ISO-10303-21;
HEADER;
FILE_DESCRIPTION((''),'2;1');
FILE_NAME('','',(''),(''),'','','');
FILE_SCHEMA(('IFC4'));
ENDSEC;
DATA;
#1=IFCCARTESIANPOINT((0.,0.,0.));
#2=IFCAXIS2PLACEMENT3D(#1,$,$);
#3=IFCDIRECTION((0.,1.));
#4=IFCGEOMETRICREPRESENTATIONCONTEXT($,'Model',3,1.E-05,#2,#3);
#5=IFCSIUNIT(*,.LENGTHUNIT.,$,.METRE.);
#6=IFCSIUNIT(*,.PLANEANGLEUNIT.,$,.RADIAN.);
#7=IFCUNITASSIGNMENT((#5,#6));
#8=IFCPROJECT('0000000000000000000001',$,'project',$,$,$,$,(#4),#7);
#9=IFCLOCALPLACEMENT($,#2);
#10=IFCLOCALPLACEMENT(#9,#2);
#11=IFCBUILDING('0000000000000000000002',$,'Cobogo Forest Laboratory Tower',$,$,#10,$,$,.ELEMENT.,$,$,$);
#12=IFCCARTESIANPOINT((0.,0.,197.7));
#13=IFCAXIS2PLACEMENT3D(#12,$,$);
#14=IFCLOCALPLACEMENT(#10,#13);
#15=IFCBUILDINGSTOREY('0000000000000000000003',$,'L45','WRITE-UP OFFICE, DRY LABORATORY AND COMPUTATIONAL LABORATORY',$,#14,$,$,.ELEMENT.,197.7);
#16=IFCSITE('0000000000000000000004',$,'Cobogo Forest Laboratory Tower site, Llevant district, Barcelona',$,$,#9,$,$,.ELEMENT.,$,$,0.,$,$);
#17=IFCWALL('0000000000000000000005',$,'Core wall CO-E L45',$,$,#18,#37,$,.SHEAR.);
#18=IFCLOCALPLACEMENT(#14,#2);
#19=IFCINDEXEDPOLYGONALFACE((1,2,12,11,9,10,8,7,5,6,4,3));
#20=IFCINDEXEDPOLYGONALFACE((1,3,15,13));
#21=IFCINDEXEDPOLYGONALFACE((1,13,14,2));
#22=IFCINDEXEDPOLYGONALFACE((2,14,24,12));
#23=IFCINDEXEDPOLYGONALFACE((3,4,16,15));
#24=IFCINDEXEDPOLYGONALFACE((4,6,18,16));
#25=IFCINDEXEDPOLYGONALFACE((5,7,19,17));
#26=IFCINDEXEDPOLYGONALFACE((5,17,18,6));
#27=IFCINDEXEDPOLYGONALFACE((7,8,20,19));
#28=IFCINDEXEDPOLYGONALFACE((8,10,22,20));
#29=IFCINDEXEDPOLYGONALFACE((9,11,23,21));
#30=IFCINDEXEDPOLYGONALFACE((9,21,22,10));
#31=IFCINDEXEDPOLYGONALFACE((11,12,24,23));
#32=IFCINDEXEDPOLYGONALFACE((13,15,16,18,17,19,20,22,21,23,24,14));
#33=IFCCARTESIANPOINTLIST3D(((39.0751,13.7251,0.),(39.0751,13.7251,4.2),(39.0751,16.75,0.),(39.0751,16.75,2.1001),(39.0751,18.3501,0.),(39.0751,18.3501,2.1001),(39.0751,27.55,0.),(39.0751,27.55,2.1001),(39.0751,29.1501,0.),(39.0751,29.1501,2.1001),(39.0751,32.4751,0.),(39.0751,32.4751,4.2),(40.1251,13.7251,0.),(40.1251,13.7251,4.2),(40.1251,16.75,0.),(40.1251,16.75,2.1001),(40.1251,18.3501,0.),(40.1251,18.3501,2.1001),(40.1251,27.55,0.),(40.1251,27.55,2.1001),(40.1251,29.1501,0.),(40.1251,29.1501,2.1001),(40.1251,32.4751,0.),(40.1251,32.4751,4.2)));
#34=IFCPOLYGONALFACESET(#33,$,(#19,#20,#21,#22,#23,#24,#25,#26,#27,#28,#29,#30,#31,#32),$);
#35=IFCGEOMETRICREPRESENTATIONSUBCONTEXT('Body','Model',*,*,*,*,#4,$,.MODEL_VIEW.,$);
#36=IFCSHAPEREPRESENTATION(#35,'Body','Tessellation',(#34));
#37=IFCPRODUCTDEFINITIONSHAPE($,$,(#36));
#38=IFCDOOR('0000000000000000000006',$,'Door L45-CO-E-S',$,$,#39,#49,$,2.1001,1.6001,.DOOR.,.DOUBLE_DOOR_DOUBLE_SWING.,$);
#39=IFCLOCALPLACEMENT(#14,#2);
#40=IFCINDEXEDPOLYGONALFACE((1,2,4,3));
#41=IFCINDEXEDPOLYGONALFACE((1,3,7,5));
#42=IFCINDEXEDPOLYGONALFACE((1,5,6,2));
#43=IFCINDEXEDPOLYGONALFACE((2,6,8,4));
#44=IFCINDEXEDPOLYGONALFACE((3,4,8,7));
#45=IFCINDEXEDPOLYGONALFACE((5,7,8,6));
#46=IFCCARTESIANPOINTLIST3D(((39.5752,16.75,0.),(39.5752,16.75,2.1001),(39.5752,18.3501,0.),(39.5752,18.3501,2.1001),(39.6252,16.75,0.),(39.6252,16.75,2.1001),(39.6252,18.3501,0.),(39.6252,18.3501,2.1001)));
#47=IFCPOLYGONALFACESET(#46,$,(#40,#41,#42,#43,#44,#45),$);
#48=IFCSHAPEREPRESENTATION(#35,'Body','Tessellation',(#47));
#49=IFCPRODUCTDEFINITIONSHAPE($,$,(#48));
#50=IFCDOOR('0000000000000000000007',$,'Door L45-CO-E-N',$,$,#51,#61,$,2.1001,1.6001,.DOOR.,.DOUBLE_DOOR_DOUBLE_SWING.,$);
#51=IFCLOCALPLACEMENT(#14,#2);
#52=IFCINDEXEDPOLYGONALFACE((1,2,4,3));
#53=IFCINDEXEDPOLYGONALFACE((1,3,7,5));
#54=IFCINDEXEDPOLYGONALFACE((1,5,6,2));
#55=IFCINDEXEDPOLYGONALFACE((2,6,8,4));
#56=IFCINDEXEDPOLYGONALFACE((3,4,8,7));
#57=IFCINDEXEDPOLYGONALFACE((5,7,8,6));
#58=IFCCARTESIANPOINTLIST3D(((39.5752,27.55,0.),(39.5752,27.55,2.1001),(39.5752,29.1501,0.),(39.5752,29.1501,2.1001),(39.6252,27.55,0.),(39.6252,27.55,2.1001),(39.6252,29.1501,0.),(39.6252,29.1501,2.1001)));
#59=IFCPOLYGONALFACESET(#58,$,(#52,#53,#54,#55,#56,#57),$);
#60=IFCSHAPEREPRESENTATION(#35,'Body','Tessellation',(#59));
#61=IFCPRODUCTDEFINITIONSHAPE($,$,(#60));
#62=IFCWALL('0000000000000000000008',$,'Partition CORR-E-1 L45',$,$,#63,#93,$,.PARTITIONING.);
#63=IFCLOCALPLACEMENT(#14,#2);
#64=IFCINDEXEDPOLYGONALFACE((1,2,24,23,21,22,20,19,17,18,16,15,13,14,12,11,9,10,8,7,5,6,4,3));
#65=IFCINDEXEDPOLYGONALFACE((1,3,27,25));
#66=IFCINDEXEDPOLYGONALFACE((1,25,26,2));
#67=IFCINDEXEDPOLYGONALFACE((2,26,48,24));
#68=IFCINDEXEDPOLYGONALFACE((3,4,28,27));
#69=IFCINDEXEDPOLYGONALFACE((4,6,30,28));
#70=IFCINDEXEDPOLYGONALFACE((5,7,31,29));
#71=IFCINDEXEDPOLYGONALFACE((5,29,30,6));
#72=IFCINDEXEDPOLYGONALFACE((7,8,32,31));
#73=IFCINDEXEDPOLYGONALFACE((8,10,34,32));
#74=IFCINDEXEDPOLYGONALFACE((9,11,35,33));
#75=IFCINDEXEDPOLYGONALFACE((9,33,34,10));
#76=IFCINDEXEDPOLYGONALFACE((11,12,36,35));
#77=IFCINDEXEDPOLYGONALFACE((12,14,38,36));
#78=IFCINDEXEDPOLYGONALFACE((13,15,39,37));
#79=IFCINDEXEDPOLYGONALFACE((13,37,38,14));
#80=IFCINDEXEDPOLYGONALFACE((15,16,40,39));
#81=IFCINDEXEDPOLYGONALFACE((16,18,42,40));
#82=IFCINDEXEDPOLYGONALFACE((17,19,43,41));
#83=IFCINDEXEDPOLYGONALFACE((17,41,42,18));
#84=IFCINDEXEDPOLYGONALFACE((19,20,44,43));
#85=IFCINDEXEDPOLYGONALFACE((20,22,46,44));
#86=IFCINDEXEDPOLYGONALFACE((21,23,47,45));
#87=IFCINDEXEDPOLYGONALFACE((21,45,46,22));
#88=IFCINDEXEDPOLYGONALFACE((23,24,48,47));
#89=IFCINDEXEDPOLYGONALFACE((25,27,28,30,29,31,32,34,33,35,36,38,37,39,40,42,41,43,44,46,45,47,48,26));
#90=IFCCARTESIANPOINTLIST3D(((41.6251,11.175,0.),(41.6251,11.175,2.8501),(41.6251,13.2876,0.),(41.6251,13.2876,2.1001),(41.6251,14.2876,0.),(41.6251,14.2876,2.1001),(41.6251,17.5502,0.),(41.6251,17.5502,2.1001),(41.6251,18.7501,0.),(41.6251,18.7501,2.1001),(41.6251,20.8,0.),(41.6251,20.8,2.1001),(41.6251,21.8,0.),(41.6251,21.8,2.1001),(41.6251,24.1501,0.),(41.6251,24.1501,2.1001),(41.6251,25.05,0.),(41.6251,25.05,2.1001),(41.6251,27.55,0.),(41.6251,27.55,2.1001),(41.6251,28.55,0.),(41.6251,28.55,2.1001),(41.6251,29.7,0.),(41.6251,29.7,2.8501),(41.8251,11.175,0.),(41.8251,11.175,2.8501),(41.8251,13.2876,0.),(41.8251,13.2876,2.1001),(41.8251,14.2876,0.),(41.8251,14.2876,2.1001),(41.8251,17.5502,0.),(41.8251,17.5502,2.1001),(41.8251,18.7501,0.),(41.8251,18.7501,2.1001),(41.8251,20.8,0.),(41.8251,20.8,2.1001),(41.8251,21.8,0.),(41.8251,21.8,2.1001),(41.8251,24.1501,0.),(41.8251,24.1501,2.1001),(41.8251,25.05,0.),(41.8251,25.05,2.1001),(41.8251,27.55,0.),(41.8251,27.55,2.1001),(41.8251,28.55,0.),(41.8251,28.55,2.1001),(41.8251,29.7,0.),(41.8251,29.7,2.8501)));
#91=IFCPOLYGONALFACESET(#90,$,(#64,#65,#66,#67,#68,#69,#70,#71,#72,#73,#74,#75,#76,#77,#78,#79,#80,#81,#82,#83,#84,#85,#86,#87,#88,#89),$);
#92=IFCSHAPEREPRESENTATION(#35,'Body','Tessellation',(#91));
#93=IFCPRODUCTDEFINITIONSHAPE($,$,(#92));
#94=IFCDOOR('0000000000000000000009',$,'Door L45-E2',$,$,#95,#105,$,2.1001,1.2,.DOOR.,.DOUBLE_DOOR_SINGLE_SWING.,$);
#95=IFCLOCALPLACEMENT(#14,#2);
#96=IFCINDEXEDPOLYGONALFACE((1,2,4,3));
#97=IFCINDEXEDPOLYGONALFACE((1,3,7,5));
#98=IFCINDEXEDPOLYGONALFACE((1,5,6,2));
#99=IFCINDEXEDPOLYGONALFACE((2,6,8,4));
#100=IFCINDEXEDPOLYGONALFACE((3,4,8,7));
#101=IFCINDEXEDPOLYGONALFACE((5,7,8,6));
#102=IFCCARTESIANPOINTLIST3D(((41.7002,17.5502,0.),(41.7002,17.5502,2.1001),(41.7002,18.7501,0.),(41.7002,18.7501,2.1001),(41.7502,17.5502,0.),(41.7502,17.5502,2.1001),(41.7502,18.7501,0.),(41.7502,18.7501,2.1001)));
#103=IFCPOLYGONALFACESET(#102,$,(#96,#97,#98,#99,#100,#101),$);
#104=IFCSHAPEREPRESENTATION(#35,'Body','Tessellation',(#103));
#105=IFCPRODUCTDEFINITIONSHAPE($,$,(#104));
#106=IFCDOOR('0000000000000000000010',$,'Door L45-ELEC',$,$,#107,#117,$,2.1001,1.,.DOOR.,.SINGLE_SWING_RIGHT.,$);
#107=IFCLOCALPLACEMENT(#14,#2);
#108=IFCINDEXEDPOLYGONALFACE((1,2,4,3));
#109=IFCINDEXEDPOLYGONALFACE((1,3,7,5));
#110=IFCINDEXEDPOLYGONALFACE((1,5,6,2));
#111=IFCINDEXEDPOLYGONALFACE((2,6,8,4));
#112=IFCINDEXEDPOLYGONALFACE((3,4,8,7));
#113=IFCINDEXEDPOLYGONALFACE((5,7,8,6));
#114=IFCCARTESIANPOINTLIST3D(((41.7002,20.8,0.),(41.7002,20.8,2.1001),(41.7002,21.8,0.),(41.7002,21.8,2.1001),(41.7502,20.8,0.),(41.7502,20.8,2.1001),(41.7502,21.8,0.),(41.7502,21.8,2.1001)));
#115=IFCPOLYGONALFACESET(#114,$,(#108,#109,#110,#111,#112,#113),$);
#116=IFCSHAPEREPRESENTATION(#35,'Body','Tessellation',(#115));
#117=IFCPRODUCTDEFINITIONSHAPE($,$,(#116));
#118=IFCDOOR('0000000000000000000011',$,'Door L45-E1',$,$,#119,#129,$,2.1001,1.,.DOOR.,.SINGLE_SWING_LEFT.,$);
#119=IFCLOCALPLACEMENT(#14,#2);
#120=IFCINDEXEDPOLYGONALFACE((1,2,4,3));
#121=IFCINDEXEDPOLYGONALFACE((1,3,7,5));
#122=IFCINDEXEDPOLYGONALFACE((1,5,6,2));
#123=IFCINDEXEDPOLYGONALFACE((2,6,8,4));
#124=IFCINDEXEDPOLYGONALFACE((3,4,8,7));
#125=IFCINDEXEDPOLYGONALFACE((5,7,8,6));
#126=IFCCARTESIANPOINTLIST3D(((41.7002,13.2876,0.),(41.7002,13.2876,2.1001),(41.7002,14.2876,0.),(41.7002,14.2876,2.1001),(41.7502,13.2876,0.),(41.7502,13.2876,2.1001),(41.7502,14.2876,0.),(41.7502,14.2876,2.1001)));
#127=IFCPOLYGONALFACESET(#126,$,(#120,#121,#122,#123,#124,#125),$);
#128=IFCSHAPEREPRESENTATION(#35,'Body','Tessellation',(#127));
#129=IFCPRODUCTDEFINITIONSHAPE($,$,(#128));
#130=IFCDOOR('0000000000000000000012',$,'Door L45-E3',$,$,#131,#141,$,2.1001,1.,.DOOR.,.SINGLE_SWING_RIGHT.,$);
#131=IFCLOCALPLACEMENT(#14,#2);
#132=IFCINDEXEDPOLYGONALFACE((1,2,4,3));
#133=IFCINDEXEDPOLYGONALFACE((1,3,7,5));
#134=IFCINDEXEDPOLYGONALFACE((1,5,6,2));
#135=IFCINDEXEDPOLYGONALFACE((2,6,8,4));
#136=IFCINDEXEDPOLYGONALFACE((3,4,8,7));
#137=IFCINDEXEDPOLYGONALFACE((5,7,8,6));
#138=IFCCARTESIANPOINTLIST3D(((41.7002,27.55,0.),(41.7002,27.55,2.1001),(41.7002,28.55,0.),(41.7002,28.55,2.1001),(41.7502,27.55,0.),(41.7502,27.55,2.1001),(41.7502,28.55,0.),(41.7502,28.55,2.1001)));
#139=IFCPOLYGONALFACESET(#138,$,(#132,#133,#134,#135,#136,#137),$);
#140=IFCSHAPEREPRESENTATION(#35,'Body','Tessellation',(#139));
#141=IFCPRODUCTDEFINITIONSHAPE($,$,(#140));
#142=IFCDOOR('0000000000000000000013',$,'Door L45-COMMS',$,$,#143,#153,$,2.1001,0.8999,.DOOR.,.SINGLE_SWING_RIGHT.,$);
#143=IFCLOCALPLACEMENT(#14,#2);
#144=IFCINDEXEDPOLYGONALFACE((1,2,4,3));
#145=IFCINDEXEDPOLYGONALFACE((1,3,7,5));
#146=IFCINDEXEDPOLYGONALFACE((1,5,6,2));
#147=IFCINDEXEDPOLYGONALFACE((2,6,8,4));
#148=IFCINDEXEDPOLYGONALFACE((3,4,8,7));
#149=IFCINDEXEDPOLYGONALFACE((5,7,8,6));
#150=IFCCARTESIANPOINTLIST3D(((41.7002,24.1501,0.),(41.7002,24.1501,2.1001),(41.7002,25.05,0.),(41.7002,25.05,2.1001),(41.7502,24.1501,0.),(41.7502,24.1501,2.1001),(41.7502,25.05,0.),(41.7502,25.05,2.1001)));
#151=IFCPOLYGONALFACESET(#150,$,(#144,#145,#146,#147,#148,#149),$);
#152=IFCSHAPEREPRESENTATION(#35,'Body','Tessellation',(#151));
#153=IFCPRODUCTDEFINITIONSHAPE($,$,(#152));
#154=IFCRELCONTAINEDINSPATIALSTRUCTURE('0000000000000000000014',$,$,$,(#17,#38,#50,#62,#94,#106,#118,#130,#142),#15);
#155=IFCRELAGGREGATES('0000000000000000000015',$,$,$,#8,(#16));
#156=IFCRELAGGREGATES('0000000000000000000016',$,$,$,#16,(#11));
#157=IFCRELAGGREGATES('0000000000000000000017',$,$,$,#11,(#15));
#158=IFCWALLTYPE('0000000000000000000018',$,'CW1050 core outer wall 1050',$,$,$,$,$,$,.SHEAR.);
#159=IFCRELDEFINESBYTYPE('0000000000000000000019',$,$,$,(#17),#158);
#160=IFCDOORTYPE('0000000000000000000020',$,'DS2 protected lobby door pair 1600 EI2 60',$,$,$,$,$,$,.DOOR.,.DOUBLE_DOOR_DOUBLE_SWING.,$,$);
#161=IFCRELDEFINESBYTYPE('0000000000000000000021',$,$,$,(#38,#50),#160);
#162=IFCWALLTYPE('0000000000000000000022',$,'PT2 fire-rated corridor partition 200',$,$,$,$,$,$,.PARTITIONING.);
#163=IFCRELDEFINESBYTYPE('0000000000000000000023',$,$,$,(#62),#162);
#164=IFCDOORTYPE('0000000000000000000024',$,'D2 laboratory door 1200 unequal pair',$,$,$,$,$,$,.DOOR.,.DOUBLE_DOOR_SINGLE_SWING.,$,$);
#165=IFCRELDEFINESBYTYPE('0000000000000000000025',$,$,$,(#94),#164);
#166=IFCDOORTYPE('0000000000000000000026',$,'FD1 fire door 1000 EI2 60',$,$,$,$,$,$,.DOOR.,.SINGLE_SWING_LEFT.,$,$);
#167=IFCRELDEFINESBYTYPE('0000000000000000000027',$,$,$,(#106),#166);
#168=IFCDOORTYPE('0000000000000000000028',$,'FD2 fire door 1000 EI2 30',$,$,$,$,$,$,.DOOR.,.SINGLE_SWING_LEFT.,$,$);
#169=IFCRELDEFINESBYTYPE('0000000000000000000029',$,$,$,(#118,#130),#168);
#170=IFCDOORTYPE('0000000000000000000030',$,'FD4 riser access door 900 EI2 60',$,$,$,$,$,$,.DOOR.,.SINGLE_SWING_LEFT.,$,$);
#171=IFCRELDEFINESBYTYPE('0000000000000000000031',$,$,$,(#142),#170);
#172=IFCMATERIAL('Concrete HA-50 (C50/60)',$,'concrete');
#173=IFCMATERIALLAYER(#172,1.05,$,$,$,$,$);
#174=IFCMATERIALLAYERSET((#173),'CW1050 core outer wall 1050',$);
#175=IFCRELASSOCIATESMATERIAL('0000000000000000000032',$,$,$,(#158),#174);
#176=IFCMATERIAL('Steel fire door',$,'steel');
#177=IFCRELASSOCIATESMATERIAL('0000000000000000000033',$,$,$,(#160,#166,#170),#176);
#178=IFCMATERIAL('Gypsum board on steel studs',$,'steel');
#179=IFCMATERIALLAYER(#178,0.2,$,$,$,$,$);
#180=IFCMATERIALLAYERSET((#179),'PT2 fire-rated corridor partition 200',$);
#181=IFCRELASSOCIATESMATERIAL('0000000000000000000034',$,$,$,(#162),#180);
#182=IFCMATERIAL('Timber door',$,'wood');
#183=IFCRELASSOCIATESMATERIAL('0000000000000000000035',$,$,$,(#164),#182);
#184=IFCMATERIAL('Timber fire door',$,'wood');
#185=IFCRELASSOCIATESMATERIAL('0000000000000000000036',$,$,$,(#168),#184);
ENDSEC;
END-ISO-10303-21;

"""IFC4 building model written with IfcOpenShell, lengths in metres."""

from ifc_helpers import new_model, si_unit, direction, frame, frame_2d, origin, place, context, subcontext, project, spatial, rectangle, extrude, material, layer, layer_set, type_object, element, fill, save


model = new_model("IFC4")

# Units and contexts
model_context = context("Model", 3, precision=1e-05, world=origin(), true_north=direction((0.0, 1.0)))
body_context = subcontext(model_context, "Body", "Model", "MODEL_VIEW")
ifc_project = project(units=[si_unit("LENGTHUNIT", "METRE"), si_unit("PLANEANGLEUNIT", "RADIAN")], contexts=[model_context])

# Site, building, storey
site_placement = place(None, origin())
site = spatial("IfcSite", under=ifc_project, at=site_placement, Name="Cobogo Forest Laboratory Tower site, Llevant district, Barcelona", CompositionType="ELEMENT", RefElevation=0.0)
building_placement = place(site_placement, origin())
building = spatial("IfcBuilding", under=site, at=building_placement, Name="Cobogo Forest Laboratory Tower", CompositionType="ELEMENT")
storey_placement = place(building_placement, frame((0.0, 0.0, 197.7)))
storey = spatial("IfcBuildingStorey", under=building, at=storey_placement, Name="L45", Description="WRITE-UP OFFICE, DRY LABORATORY AND COMPUTATIONAL LABORATORY", CompositionType="ELEMENT", Elevation=197.7)

# Shared definitions
ifc_material_1 = material(Name="Concrete HA-50 (C50/60)", Category="concrete")

# Walls, openings, doors
ifc_layer_1 = layer(ifc_material_1, 1.05)
ifc_layer_set_1 = layer_set([ifc_layer_1], Name="CW1050 core outer wall 1050")
wall_type_1 = type_object("IfcWallType", Name="CW1050 core outer wall 1050", PredefinedType="SHEAR", material=ifc_layer_set_1)
wall_1_placement = place(storey_placement, frame((39.6001, 13.7251, 0.0), z_axis=(0.0, 0.0, 1.0), x_axis=(0.0, 1.0, 0.0)))
wall_1 = element("IfcWall", 1, at=wall_1_placement, inside=storey, type_object=wall_type_1, Name="Core wall CO-E L45", PredefinedType="SHEAR", context=body_context, shape_type="SweptSolid", body=[
    extrude(rectangle(XDim=18.75, YDim=1.05, at=frame_2d((9.375, 0.0))), origin(), (0.0, 0.0, 1.0), 4.2),
])
opening_1_placement = place(wall_1_placement, frame((3.0249, 0.0, 0.0)))
opening_1 = element("IfcOpeningElement", 2, at=opening_1_placement, cuts=wall_1, PredefinedType="OPENING", context=body_context, shape_type="SweptSolid", body=[
    extrude(rectangle(XDim=1.6001, YDim=2.1001, at=frame_2d((0.8, 1.05))), frame((0.0, 0.5349, 0.0), z_axis=(0.0, -1.0, 0.0), x_axis=(1.0, 0.0, 0.0)), (0.0, 0.0, 1.0), 1.0701),
])
opening_2_placement = place(wall_1_placement, frame((13.825, 0.0, 0.0)))
opening_2 = element("IfcOpeningElement", 3, at=opening_2_placement, cuts=wall_1, PredefinedType="OPENING", context=body_context, shape_type="SweptSolid", body=[
    extrude(rectangle(XDim=1.6001, YDim=2.1001, at=frame_2d((0.8, 1.05))), frame((0.0, 0.5349, 0.0), z_axis=(0.0, -1.0, 0.0), x_axis=(1.0, 0.0, 0.0)), (0.0, 0.0, 1.0), 1.0701),
])
ifc_material_2 = material(Name="Steel fire door", Category="steel")
door_type_1 = type_object("IfcDoorType", Name="DS2 protected lobby door pair 1600 EI2 60", OperationType="DOUBLE_DOOR_DOUBLE_SWING", PredefinedType="DOOR", material=ifc_material_2)
door_1_placement = place(opening_1_placement, origin())
door_1 = element("IfcDoor", 4, at=door_1_placement, inside=storey, type_object=door_type_1, Name="Door L45-CO-E-S", OperationType="DOUBLE_DOOR_DOUBLE_SWING", OverallHeight=2.1001, OverallWidth=1.6001, PredefinedType="DOOR", context=body_context, shape_type="SweptSolid", body=[
    extrude(rectangle(XDim=1.6001, YDim=2.1001, at=frame_2d((0.8, 1.05))), frame((0.0, 0.0249, 0.0), z_axis=(0.0, -1.0, 0.0), x_axis=(1.0, 0.0, 0.0)), (0.0, 0.0, 1.0), 0.05),
])
fill(opening_1, door_1)
door_2_placement = place(opening_2_placement, origin())
door_2 = element("IfcDoor", 5, at=door_2_placement, inside=storey, type_object=door_type_1, Name="Door L45-CO-E-N", OperationType="DOUBLE_DOOR_DOUBLE_SWING", OverallHeight=2.1001, OverallWidth=1.6001, PredefinedType="DOOR", context=body_context, shape_type="SweptSolid", body=[
    extrude(rectangle(XDim=1.6001, YDim=2.1001, at=frame_2d((0.8, 1.05))), frame((0.0, 0.0249, 0.0), z_axis=(0.0, -1.0, 0.0), x_axis=(1.0, 0.0, 0.0)), (0.0, 0.0, 1.0), 0.05),
])
fill(opening_2, door_2)
ifc_material_3 = material(Name="Gypsum board on steel studs", Category="steel")
ifc_layer_2 = layer(ifc_material_3, 0.2)
ifc_layer_set_2 = layer_set([ifc_layer_2], Name="PT2 fire-rated corridor partition 200")
wall_type_2 = type_object("IfcWallType", Name="PT2 fire-rated corridor partition 200", PredefinedType="PARTITIONING", material=ifc_layer_set_2)
wall_2_placement = place(storey_placement, frame((41.7251, 11.175, 0.0), z_axis=(0.0, 0.0, 1.0), x_axis=(0.0, 1.0, 0.0)))
wall_2 = element("IfcWall", 6, at=wall_2_placement, inside=storey, type_object=wall_type_2, Name="Partition CORR-E-1 L45", PredefinedType="PARTITIONING", context=body_context, shape_type="SweptSolid", body=[
    extrude(rectangle(XDim=18.5249, YDim=0.2, at=frame_2d((9.2625, 0.0))), origin(), (0.0, 0.0, 1.0), 2.8501),
])
opening_3_placement = place(wall_2_placement, frame((2.1125, 0.0, 0.0)))
opening_3 = element("IfcOpeningElement", 7, at=opening_3_placement, cuts=wall_2, PredefinedType="OPENING", context=body_context, shape_type="SweptSolid", body=[
    extrude(rectangle(XDim=1.0, YDim=2.1001, at=frame_2d((0.5, 1.05))), frame((0.0, 0.1099, 0.0), z_axis=(0.0, -1.0, 0.0), x_axis=(1.0, 0.0, 0.0)), (0.0, 0.0, 1.0), 0.22),
])
opening_4_placement = place(wall_2_placement, frame((6.375, 0.0, 0.0)))
opening_4 = element("IfcOpeningElement", 8, at=opening_4_placement, cuts=wall_2, PredefinedType="OPENING", context=body_context, shape_type="SweptSolid", body=[
    extrude(rectangle(XDim=1.2, YDim=2.1001, at=frame_2d((0.6001, 1.05))), frame((0.0, 0.1099, 0.0), z_axis=(0.0, -1.0, 0.0), x_axis=(1.0, 0.0, 0.0)), (0.0, 0.0, 1.0), 0.22),
])
opening_5_placement = place(wall_2_placement, frame((9.625, 0.0, 0.0)))
opening_5 = element("IfcOpeningElement", 9, at=opening_5_placement, cuts=wall_2, PredefinedType="OPENING", context=body_context, shape_type="SweptSolid", body=[
    extrude(rectangle(XDim=1.0, YDim=2.1001, at=frame_2d((0.5, 1.05))), frame((0.0, 0.1099, 0.0), z_axis=(0.0, -1.0, 0.0), x_axis=(1.0, 0.0, 0.0)), (0.0, 0.0, 1.0), 0.22),
])
opening_6_placement = place(wall_2_placement, frame((12.9751, 0.0, 0.0)))
opening_6 = element("IfcOpeningElement", 10, at=opening_6_placement, cuts=wall_2, PredefinedType="OPENING", context=body_context, shape_type="SweptSolid", body=[
    extrude(rectangle(XDim=0.8999, YDim=2.1001, at=frame_2d((0.45, 1.05))), frame((0.0, 0.1099, 0.0), z_axis=(0.0, -1.0, 0.0), x_axis=(1.0, 0.0, 0.0)), (0.0, 0.0, 1.0), 0.22),
])
opening_7_placement = place(wall_2_placement, frame((16.375, 0.0, 0.0)))
opening_7 = element("IfcOpeningElement", 11, at=opening_7_placement, cuts=wall_2, PredefinedType="OPENING", context=body_context, shape_type="SweptSolid", body=[
    extrude(rectangle(XDim=1.0, YDim=2.1001, at=frame_2d((0.5, 1.05))), frame((0.0, 0.1099, 0.0), z_axis=(0.0, -1.0, 0.0), x_axis=(1.0, 0.0, 0.0)), (0.0, 0.0, 1.0), 0.22),
])
ifc_material_4 = material(Name="Timber door", Category="wood")
door_type_2 = type_object("IfcDoorType", Name="D2 laboratory door 1200 unequal pair", OperationType="DOUBLE_DOOR_SINGLE_SWING", PredefinedType="DOOR", material=ifc_material_4)
door_3_placement = place(opening_4_placement, origin())
door_3 = element("IfcDoor", 12, at=door_3_placement, inside=storey, type_object=door_type_2, Name="Door L45-E2", OperationType="DOUBLE_DOOR_SINGLE_SWING", OverallHeight=2.1001, OverallWidth=1.2, PredefinedType="DOOR", context=body_context, shape_type="SweptSolid", body=[
    extrude(rectangle(XDim=1.2, YDim=2.1001, at=frame_2d((0.6001, 1.05))), frame((0.0, 0.0249, 0.0), z_axis=(0.0, -1.0, 0.0), x_axis=(1.0, 0.0, 0.0)), (0.0, 0.0, 1.0), 0.05),
])
fill(opening_4, door_3)
door_type_3 = type_object("IfcDoorType", Name="FD1 fire door 1000 EI2 60", OperationType="SINGLE_SWING_LEFT", PredefinedType="DOOR", material=ifc_material_2)
door_4_placement = place(opening_5_placement, origin())
door_4 = element("IfcDoor", 13, at=door_4_placement, inside=storey, type_object=door_type_3, Name="Door L45-ELEC", OperationType="SINGLE_SWING_RIGHT", OverallHeight=2.1001, OverallWidth=1.0, PredefinedType="DOOR", context=body_context, shape_type="SweptSolid", body=[
    extrude(rectangle(XDim=1.0, YDim=2.1001, at=frame_2d((0.5, 1.05))), frame((0.0, 0.0249, 0.0), z_axis=(0.0, -1.0, 0.0), x_axis=(1.0, 0.0, 0.0)), (0.0, 0.0, 1.0), 0.05),
])
fill(opening_5, door_4)
ifc_material_5 = material(Name="Timber fire door", Category="wood")
door_type_4 = type_object("IfcDoorType", Name="FD2 fire door 1000 EI2 30", OperationType="SINGLE_SWING_LEFT", PredefinedType="DOOR", material=ifc_material_5)
door_5_placement = place(opening_3_placement, origin())
door_5 = element("IfcDoor", 14, at=door_5_placement, inside=storey, type_object=door_type_4, Name="Door L45-E1", OperationType="SINGLE_SWING_LEFT", OverallHeight=2.1001, OverallWidth=1.0, PredefinedType="DOOR", context=body_context, shape_type="SweptSolid", body=[
    extrude(rectangle(XDim=1.0, YDim=2.1001, at=frame_2d((0.5, 1.05))), frame((0.0, 0.0249, 0.0), z_axis=(0.0, -1.0, 0.0), x_axis=(1.0, 0.0, 0.0)), (0.0, 0.0, 1.0), 0.05),
])
fill(opening_3, door_5)
door_6_placement = place(opening_7_placement, origin())
door_6 = element("IfcDoor", 15, at=door_6_placement, inside=storey, type_object=door_type_4, Name="Door L45-E3", OperationType="SINGLE_SWING_RIGHT", OverallHeight=2.1001, OverallWidth=1.0, PredefinedType="DOOR", context=body_context, shape_type="SweptSolid", body=[
    extrude(rectangle(XDim=1.0, YDim=2.1001, at=frame_2d((0.5, 1.05))), frame((0.0, 0.0249, 0.0), z_axis=(0.0, -1.0, 0.0), x_axis=(1.0, 0.0, 0.0)), (0.0, 0.0, 1.0), 0.05),
])
fill(opening_7, door_6)
door_type_5 = type_object("IfcDoorType", Name="FD4 riser access door 900 EI2 60", OperationType="SINGLE_SWING_LEFT", PredefinedType="DOOR", material=ifc_material_2)
door_7_placement = place(opening_6_placement, origin())
door_7 = element("IfcDoor", 16, at=door_7_placement, inside=storey, type_object=door_type_5, Name="Door L45-COMMS", OperationType="SINGLE_SWING_RIGHT", OverallHeight=2.1001, OverallWidth=0.8999, PredefinedType="DOOR", context=body_context, shape_type="SweptSolid", body=[
    extrude(rectangle(XDim=0.8999, YDim=2.1001, at=frame_2d((0.45, 1.05))), frame((0.0, 0.0249, 0.0), z_axis=(0.0, -1.0, 0.0), x_axis=(1.0, 0.0, 0.0)), (0.0, 0.0, 1.0), 0.05),
])
fill(opening_6, door_7)

save(model, "model.ifc")
